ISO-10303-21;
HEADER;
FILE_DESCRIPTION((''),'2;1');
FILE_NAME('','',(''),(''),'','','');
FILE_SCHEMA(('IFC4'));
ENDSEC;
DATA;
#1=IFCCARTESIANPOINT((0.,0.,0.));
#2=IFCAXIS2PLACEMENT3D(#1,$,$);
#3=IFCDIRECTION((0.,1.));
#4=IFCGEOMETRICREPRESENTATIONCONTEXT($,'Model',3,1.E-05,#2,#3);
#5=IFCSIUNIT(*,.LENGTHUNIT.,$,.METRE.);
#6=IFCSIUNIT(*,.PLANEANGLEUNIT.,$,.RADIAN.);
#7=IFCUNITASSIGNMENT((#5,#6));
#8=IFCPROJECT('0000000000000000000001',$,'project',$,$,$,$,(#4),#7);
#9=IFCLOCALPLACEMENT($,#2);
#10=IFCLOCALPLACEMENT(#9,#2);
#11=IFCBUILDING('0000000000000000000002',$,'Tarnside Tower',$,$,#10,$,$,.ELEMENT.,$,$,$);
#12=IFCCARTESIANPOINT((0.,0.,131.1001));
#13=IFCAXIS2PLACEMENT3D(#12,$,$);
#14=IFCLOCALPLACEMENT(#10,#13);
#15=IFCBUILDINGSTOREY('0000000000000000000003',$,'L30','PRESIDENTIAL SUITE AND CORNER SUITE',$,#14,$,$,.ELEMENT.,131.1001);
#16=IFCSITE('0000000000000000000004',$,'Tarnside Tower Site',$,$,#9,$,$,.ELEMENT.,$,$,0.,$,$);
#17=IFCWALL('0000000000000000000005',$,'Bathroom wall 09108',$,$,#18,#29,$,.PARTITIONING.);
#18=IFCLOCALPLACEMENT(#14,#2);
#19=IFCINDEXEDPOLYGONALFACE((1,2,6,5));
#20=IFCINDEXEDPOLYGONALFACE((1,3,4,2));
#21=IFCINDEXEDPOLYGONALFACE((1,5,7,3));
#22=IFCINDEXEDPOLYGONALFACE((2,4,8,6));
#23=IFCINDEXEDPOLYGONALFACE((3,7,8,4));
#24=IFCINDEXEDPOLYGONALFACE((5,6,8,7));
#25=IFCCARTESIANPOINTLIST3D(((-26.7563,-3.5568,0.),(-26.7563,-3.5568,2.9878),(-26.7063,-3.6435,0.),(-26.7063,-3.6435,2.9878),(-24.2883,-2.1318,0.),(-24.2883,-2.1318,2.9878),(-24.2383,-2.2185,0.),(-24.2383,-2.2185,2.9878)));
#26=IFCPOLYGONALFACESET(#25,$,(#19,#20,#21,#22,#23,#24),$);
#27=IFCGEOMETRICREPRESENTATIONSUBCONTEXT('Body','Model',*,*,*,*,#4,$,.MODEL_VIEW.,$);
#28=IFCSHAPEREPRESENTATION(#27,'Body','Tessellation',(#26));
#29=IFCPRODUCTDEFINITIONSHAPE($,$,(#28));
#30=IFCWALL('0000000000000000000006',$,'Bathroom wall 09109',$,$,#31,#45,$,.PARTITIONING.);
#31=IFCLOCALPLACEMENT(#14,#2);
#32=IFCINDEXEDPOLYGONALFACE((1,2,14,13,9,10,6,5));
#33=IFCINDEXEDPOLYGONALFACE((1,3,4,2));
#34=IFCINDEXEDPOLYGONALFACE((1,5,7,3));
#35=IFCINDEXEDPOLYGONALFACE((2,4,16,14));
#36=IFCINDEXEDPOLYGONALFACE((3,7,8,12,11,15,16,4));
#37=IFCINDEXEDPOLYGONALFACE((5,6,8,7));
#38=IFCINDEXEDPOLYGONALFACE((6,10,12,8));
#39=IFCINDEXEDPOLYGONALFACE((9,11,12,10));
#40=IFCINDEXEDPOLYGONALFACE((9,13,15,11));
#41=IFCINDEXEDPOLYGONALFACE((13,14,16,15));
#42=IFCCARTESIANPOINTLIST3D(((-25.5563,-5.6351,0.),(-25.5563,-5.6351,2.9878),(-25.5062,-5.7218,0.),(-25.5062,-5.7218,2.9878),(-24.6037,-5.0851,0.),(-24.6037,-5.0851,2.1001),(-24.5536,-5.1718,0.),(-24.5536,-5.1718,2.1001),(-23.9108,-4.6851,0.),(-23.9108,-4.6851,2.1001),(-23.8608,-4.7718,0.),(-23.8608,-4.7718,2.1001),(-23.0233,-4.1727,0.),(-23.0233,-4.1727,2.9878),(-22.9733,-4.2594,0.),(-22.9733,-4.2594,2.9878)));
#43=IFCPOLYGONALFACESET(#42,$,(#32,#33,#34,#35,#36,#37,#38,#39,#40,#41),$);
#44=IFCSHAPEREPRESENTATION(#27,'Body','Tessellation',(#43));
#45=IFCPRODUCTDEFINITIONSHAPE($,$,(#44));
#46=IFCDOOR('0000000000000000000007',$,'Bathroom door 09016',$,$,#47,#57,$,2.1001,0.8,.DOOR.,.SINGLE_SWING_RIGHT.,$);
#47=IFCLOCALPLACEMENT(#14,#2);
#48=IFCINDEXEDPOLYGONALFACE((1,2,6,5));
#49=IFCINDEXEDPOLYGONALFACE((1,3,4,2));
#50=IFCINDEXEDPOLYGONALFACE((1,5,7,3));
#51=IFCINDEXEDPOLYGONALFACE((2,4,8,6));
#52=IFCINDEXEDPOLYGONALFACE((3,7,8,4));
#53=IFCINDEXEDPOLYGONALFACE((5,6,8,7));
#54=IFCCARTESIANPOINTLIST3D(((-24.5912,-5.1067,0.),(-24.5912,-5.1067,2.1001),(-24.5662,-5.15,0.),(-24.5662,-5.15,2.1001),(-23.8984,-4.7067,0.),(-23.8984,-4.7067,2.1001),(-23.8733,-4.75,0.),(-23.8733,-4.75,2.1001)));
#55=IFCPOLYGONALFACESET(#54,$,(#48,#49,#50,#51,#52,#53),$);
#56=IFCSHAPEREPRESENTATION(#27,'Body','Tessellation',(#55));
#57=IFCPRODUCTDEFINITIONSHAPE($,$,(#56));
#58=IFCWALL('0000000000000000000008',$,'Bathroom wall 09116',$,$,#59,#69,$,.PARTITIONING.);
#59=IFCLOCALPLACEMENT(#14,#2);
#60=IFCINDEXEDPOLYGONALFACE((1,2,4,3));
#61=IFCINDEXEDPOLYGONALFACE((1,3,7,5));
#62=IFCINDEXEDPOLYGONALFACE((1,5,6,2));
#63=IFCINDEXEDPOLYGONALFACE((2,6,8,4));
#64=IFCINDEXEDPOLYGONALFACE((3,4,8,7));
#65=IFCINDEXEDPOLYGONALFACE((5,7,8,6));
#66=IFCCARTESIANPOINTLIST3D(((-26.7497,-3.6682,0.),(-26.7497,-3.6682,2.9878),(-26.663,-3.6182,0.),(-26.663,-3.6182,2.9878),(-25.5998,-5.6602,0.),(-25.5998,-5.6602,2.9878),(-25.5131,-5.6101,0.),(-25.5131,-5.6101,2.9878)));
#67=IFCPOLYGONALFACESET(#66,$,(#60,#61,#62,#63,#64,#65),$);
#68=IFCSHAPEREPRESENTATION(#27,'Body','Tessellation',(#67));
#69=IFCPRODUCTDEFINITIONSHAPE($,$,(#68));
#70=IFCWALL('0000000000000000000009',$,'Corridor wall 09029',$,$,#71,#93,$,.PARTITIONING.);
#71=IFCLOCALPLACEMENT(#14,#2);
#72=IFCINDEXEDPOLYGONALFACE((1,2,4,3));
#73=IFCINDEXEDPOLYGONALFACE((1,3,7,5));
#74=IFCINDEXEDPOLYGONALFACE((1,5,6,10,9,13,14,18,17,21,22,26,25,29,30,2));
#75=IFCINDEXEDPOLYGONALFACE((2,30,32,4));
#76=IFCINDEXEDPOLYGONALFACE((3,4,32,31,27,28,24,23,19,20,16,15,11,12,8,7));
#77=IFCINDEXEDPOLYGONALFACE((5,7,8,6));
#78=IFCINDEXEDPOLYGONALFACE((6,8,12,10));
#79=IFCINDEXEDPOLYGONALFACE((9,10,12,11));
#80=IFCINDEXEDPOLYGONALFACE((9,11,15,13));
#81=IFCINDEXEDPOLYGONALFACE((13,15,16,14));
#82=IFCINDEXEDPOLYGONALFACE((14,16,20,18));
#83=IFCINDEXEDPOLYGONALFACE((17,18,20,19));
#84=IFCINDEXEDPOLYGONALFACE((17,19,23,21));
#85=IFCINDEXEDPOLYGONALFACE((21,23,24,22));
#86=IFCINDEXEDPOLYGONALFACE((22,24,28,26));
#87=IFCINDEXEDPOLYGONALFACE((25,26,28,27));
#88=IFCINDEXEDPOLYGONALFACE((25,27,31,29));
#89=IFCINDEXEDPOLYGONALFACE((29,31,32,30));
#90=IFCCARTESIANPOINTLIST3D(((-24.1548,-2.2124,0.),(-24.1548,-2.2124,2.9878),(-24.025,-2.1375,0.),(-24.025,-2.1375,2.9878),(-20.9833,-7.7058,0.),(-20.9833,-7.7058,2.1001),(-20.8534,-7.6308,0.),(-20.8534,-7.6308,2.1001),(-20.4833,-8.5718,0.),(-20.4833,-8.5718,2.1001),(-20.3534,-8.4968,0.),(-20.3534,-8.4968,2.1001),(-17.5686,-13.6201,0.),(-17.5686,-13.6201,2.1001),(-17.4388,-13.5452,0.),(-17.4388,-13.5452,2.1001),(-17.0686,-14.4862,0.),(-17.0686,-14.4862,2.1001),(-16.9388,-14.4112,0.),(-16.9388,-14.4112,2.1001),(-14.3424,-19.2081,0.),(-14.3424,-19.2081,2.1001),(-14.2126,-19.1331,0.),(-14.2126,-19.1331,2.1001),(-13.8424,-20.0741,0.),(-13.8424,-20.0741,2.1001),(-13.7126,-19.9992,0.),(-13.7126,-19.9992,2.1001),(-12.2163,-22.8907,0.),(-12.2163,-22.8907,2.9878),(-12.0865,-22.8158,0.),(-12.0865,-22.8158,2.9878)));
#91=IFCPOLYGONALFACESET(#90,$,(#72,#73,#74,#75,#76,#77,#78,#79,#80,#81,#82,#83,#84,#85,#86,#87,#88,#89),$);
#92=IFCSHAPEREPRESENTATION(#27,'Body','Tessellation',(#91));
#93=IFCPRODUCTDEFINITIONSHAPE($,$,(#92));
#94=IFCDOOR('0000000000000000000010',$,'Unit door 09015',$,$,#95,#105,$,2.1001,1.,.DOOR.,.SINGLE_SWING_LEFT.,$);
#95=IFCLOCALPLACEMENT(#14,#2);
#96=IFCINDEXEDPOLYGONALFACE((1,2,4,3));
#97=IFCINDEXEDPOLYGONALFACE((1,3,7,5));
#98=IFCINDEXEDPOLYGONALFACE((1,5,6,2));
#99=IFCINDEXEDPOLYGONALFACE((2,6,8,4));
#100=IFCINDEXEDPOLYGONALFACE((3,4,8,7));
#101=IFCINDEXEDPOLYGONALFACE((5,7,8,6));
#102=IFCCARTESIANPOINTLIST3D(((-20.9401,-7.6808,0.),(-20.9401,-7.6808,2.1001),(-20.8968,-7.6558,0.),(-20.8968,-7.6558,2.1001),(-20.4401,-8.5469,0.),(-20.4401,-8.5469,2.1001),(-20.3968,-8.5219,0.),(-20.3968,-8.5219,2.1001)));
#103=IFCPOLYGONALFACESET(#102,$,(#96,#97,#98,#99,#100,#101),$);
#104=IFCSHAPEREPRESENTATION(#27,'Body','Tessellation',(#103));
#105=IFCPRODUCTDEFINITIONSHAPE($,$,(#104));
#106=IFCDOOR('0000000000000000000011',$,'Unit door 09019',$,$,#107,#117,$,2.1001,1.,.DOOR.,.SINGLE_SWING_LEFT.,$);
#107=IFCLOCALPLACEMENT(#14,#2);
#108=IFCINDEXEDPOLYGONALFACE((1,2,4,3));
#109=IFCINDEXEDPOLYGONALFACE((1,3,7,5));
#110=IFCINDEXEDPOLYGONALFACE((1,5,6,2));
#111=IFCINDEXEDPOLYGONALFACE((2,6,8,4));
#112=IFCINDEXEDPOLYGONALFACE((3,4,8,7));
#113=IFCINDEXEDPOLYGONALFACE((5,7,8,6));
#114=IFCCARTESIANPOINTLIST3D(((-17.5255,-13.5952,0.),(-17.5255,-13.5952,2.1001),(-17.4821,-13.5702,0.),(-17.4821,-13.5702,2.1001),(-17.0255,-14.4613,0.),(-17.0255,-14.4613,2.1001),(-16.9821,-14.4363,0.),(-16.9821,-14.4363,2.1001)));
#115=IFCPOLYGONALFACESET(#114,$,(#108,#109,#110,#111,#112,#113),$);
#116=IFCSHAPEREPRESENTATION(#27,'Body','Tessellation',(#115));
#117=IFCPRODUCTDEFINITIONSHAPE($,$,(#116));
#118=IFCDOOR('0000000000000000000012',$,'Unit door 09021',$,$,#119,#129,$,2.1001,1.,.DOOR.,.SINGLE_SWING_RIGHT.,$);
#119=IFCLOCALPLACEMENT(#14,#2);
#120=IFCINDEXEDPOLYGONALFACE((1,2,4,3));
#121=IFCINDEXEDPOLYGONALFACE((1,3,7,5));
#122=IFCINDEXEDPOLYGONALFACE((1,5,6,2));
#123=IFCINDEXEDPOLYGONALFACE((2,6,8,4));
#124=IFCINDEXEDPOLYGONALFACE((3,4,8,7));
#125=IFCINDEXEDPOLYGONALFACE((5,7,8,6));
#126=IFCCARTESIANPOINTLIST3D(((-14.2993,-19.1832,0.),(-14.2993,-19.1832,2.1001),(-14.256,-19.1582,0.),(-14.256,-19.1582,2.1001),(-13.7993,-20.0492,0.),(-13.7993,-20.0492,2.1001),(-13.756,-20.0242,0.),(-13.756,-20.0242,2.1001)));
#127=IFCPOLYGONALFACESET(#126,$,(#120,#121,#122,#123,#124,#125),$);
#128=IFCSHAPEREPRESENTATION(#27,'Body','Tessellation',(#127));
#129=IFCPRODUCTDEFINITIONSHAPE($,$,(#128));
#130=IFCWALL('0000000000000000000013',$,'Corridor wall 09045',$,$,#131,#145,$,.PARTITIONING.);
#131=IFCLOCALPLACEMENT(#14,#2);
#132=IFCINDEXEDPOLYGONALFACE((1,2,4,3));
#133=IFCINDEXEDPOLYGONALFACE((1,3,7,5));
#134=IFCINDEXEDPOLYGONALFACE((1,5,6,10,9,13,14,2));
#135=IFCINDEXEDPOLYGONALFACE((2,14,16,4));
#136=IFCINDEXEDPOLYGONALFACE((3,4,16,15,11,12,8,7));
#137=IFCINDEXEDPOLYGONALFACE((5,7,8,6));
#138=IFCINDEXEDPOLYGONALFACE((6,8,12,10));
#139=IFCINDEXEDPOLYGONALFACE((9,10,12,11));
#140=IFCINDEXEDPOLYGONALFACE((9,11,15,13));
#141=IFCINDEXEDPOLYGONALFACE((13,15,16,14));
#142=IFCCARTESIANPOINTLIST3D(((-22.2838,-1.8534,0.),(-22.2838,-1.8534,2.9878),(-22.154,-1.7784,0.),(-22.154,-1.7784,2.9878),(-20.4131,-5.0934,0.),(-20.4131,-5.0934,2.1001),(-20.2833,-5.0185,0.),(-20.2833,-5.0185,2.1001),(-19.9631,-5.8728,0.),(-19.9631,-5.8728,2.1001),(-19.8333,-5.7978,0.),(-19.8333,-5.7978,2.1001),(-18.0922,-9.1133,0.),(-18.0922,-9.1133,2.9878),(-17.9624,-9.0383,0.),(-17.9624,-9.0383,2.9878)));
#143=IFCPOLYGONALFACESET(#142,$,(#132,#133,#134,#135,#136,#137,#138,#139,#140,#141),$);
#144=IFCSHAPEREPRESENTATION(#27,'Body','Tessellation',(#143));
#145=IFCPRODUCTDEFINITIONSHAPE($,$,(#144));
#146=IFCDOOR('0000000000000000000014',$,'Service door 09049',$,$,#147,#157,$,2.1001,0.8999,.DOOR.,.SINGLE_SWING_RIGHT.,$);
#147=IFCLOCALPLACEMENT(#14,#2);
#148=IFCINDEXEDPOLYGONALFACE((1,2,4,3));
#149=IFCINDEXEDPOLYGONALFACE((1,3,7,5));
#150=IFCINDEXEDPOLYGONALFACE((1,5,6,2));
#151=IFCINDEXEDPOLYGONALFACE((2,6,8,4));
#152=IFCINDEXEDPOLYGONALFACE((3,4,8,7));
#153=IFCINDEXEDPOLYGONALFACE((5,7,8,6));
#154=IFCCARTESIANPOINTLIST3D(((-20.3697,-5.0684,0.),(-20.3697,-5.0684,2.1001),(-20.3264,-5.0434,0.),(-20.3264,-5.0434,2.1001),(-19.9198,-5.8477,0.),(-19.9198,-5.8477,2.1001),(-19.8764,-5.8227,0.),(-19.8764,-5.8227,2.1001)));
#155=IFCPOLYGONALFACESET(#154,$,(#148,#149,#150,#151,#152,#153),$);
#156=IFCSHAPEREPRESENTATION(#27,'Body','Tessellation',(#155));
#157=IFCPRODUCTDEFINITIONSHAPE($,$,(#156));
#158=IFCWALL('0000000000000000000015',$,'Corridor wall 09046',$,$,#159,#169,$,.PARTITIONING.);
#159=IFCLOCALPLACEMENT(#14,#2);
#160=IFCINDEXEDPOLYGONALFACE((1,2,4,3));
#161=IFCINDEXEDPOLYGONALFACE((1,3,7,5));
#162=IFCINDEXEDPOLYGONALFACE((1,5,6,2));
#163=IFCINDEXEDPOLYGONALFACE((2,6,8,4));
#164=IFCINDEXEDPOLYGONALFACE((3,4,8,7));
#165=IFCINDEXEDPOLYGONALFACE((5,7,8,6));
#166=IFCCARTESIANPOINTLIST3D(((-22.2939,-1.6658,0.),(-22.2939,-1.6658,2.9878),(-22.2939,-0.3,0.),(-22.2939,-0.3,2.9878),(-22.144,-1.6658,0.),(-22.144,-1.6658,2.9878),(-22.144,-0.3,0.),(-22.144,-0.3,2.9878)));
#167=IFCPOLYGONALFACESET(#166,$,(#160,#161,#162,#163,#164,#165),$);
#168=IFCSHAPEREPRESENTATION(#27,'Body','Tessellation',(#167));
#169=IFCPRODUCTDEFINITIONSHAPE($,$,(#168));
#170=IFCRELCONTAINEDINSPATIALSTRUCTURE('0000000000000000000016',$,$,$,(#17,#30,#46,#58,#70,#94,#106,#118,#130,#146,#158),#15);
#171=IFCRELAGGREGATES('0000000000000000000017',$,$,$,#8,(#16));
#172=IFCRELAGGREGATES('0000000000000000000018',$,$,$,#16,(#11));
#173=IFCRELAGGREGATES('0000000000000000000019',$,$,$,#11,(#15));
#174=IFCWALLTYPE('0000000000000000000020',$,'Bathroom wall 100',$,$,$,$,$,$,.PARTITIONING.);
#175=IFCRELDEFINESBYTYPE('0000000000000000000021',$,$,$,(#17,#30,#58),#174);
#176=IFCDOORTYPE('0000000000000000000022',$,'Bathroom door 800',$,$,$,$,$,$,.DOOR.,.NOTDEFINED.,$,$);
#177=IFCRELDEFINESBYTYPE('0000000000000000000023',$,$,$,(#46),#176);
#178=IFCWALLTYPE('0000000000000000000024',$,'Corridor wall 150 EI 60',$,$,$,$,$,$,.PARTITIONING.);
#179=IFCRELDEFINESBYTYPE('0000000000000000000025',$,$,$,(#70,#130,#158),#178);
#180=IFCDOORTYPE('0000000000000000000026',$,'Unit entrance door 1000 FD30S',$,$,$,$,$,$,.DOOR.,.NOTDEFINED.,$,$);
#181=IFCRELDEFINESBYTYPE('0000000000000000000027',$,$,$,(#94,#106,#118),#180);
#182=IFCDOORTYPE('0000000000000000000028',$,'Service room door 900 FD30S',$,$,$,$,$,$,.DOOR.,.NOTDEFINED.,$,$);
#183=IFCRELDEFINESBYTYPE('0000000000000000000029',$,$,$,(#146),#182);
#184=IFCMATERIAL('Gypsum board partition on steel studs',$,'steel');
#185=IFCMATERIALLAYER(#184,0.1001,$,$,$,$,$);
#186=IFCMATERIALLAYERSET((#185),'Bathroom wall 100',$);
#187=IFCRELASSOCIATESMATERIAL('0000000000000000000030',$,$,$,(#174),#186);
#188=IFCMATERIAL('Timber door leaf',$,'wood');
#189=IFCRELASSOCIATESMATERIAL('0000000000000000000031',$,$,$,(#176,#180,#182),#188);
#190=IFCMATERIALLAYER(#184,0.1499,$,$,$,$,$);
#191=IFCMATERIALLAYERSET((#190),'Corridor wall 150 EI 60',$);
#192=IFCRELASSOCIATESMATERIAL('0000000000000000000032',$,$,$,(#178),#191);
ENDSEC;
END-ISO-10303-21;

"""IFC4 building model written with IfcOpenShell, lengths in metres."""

from ifc_helpers import new_model, si_unit, direction, frame, frame_2d, origin, place, context, subcontext, project, spatial, rectangle, extrude, material, layer, layer_set, type_object, element, fill, save


model = new_model("IFC4")

# Units and contexts
model_context = context("Model", 3, precision=1e-05, world=origin(), true_north=direction((0.0, 1.0)))
body_context = subcontext(model_context, "Body", "Model", "MODEL_VIEW")
ifc_project = project(units=[si_unit("LENGTHUNIT", "METRE"), si_unit("PLANEANGLEUNIT", "RADIAN")], contexts=[model_context])

# Site, building, storey
site_placement = place(None, origin())
site = spatial("IfcSite", under=ifc_project, at=site_placement, Name="Tarnside Tower Site", CompositionType="ELEMENT", RefElevation=0.0)
building_placement = place(site_placement, origin())
building = spatial("IfcBuilding", under=site, at=building_placement, Name="Tarnside Tower", CompositionType="ELEMENT")
storey_placement = place(building_placement, frame((0.0, 0.0, 131.1001)))
storey = spatial("IfcBuildingStorey", under=building, at=storey_placement, Name="L30", Description="PRESIDENTIAL SUITE AND CORNER SUITE", CompositionType="ELEMENT", Elevation=131.1001)

# Wall
ifc_material_1 = material(Name="Gypsum board partition on steel studs", Category="steel")
ifc_layer_1 = layer(ifc_material_1, 0.1001)
ifc_layer_set_1 = layer_set([ifc_layer_1], Name="Bathroom wall 100")
wall_type_1 = type_object("IfcWallType", Name="Bathroom wall 100", PredefinedType="PARTITIONING", material=ifc_layer_set_1)
wall_1_placement = place(storey_placement, frame((-26.7312, -3.6001, 0.0), z_axis=(0.0, 0.0, 1.0), x_axis=(0.866004, 0.500036, 0.0)))
element("IfcWall", 1, at=wall_1_placement, inside=storey, type_object=wall_type_1, Name="Bathroom wall 09108", PredefinedType="PARTITIONING", context=body_context, shape_type="SweptSolid", body=[
    extrude(rectangle(XDim=2.8499, YDim=0.1001, at=frame_2d((1.4248, 0.0))), origin(), (0.0, 0.0, 1.0), 2.9878),
])

# Wall, opening, door
wall_2_placement = place(storey_placement, frame((-22.9983, -4.2161, 0.0), z_axis=(0.0, 0.0, 1.0), x_axis=(-0.866026, -0.499999, 0.0)))
wall_2 = element("IfcWall", 2, at=wall_2_placement, inside=storey, type_object=wall_type_1, Name="Bathroom wall 09109", PredefinedType="PARTITIONING", context=body_context, shape_type="SweptSolid", body=[
    extrude(rectangle(XDim=2.9248, YDim=0.1001, at=frame_2d((1.4624, 0.0))), origin(), (0.0, 0.0, 1.0), 2.9878),
])
opening_1_placement = place(wall_2_placement, frame((1.0249, 0.0, 0.0)))
opening_1 = element("IfcOpeningElement", 3, at=opening_1_placement, cuts=wall_2, PredefinedType="OPENING", context=body_context, shape_type="SweptSolid", body=[
    extrude(rectangle(XDim=0.8, YDim=2.1001, at=frame_2d((0.3999, 1.05))), frame((0.0, 0.0601, 0.0), z_axis=(0.0, -1.0, 0.0), x_axis=(1.0, 0.0, 0.0)), (0.0, 0.0, 1.0), 0.1201),
])
ifc_material_2 = material(Name="Timber door leaf", Category="wood")
door_type_1 = type_object("IfcDoorType", Name="Bathroom door 800", OperationType="NOTDEFINED", PredefinedType="DOOR", material=ifc_material_2)
door_1_placement = place(opening_1_placement, origin())
door_1 = element("IfcDoor", 4, at=door_1_placement, inside=storey, type_object=door_type_1, Name="Bathroom door 09016", OperationType="SINGLE_SWING_RIGHT", OverallHeight=2.1001, OverallWidth=0.8, PredefinedType="DOOR", context=body_context, shape_type="SweptSolid", body=[
    extrude(rectangle(XDim=0.8, YDim=2.1001, at=frame_2d((0.3999, 1.05))), frame((0.0, 0.0249, 0.0), z_axis=(0.0, -1.0, 0.0), x_axis=(1.0, 0.0, 0.0)), (0.0, 0.0, 1.0), 0.05),
])
fill(opening_1, door_1)

# Wall
wall_3_placement = place(storey_placement, frame((-26.7063, -3.6433, 0.0), z_axis=(0.0, 0.0, 1.0), x_axis=(0.499952, -0.866053, 0.0)))
element("IfcWall", 5, at=wall_3_placement, inside=storey, type_object=wall_type_1, Name="Bathroom wall 09116", PredefinedType="PARTITIONING", context=body_context, shape_type="SweptSolid", body=[
    extrude(rectangle(XDim=2.3, YDim=0.1001, at=frame_2d((1.1499, 0.0))), origin(), (0.0, 0.0, 1.0), 2.9878),
])

# Wall, openings, doors
ifc_layer_2 = layer(ifc_material_1, 0.1499)
ifc_layer_set_2 = layer_set([ifc_layer_2], Name="Corridor wall 150 EI 60")
wall_type_2 = type_object("IfcWallType", Name="Corridor wall 150 EI 60", PredefinedType="PARTITIONING", material=ifc_layer_set_2)
wall_4_placement = place(storey_placement, frame((-24.0898, -2.175, 0.0), z_axis=(0.0, 0.0, 1.0), x_axis=(0.499997, -0.866027, 0.0)))
wall_4 = element("IfcWall", 6, at=wall_4_placement, inside=storey, type_object=wall_type_2, Name="Corridor wall 09029", PredefinedType="PARTITIONING", context=body_context, shape_type="SweptSolid", body=[
    extrude(rectangle(XDim=23.8772, YDim=0.1499, at=frame_2d((11.9385, 0.0))), origin(), (0.0, 0.0, 1.0), 2.9878),
])
opening_2_placement = place(wall_4_placement, frame((6.343, 0.0, 0.0)))
opening_2 = element("IfcOpeningElement", 7, at=opening_2_placement, cuts=wall_4, PredefinedType="OPENING", context=body_context, shape_type="SweptSolid", body=[
    extrude(rectangle(XDim=1.0, YDim=2.1001, at=frame_2d((0.5, 1.05))), frame((0.0, 0.085, 0.0), z_axis=(0.0, -1.0, 0.0), x_axis=(1.0, 0.0, 0.0)), (0.0, 0.0, 1.0), 0.1699),
])
opening_3_placement = place(wall_4_placement, frame((13.1724, 0.0, 0.0)))
opening_3 = element("IfcOpeningElement", 8, at=opening_3_placement, cuts=wall_4, PredefinedType="OPENING", context=body_context, shape_type="SweptSolid", body=[
    extrude(rectangle(XDim=1.0, YDim=2.1001, at=frame_2d((0.5, 1.05))), frame((0.0, 0.085, 0.0), z_axis=(0.0, -1.0, 0.0), x_axis=(1.0, 0.0, 0.0)), (0.0, 0.0, 1.0), 0.1699),
])
opening_4_placement = place(wall_4_placement, frame((19.6248, 0.0, 0.0)))
opening_4 = element("IfcOpeningElement", 9, at=opening_4_placement, cuts=wall_4, PredefinedType="OPENING", context=body_context, shape_type="SweptSolid", body=[
    extrude(rectangle(XDim=1.0, YDim=2.1001, at=frame_2d((0.5, 1.05))), frame((0.0, 0.085, 0.0), z_axis=(0.0, -1.0, 0.0), x_axis=(1.0, 0.0, 0.0)), (0.0, 0.0, 1.0), 0.1699),
])
door_type_2 = type_object("IfcDoorType", Name="Unit entrance door 1000 FD30S", OperationType="NOTDEFINED", PredefinedType="DOOR", material=ifc_material_2)
door_2_placement = place(opening_2_placement, origin())
door_2 = element("IfcDoor", 10, at=door_2_placement, inside=storey, type_object=door_type_2, Name="Unit door 09015", OperationType="SINGLE_SWING_LEFT", OverallHeight=2.1001, OverallWidth=1.0, PredefinedType="DOOR", context=body_context, shape_type="SweptSolid", body=[
    extrude(rectangle(XDim=1.0, YDim=2.1001, at=frame_2d((0.5, 1.05))), frame((0.0, 0.0249, 0.0), z_axis=(0.0, -1.0, 0.0), x_axis=(1.0, 0.0, 0.0)), (0.0, 0.0, 1.0), 0.05),
])
fill(opening_2, door_2)
door_3_placement = place(opening_3_placement, origin())
door_3 = element("IfcDoor", 11, at=door_3_placement, inside=storey, type_object=door_type_2, Name="Unit door 09019", OperationType="SINGLE_SWING_LEFT", OverallHeight=2.1001, OverallWidth=1.0, PredefinedType="DOOR", context=body_context, shape_type="SweptSolid", body=[
    extrude(rectangle(XDim=1.0, YDim=2.1001, at=frame_2d((0.5, 1.05))), frame((0.0, 0.0249, 0.0), z_axis=(0.0, -1.0, 0.0), x_axis=(1.0, 0.0, 0.0)), (0.0, 0.0, 1.0), 0.05),
])
fill(opening_3, door_3)
door_4_placement = place(opening_4_placement, origin())
door_4 = element("IfcDoor", 12, at=door_4_placement, inside=storey, type_object=door_type_2, Name="Unit door 09021", OperationType="SINGLE_SWING_RIGHT", OverallHeight=2.1001, OverallWidth=1.0, PredefinedType="DOOR", context=body_context, shape_type="SweptSolid", body=[
    extrude(rectangle(XDim=1.0, YDim=2.1001, at=frame_2d((0.5, 1.05))), frame((0.0, 0.0249, 0.0), z_axis=(0.0, -1.0, 0.0), x_axis=(1.0, 0.0, 0.0)), (0.0, 0.0, 1.0), 0.05),
])
fill(opening_4, door_4)

# Wall, opening, door
wall_5_placement = place(storey_placement, frame((-18.0273, -9.0757, 0.0), z_axis=(0.0, 0.0, 1.0), x_axis=(-0.500007, 0.866021, 0.0)))
wall_5 = element("IfcWall", 13, at=wall_5_placement, inside=storey, type_object=wall_type_2, Name="Corridor wall 09045", PredefinedType="PARTITIONING", context=body_context, shape_type="SweptSolid", body=[
    extrude(rectangle(XDim=8.3831, YDim=0.1499, at=frame_2d((4.1914, 0.0))), origin(), (0.0, 0.0, 1.0), 2.9878),
])
opening_5_placement = place(wall_5_placement, frame((3.7417, 0.0, 0.0)))
opening_5 = element("IfcOpeningElement", 14, at=opening_5_placement, cuts=wall_5, PredefinedType="OPENING", context=body_context, shape_type="SweptSolid", body=[
    extrude(rectangle(XDim=0.8999, YDim=2.1001, at=frame_2d((0.45, 1.05))), frame((0.0, 0.085, 0.0), z_axis=(0.0, -1.0, 0.0), x_axis=(1.0, 0.0, 0.0)), (0.0, 0.0, 1.0), 0.1699),
])
door_type_3 = type_object("IfcDoorType", Name="Service room door 900 FD30S", OperationType="NOTDEFINED", PredefinedType="DOOR", material=ifc_material_2)
door_5_placement = place(opening_5_placement, origin())
door_5 = element("IfcDoor", 15, at=door_5_placement, inside=storey, type_object=door_type_3, Name="Service door 09049", OperationType="SINGLE_SWING_RIGHT", OverallHeight=2.1001, OverallWidth=0.8999, PredefinedType="DOOR", context=body_context, shape_type="SweptSolid", body=[
    extrude(rectangle(XDim=0.8999, YDim=2.1001, at=frame_2d((0.45, 1.05))), frame((0.0, 0.0249, 0.0), z_axis=(0.0, -1.0, 0.0), x_axis=(1.0, 0.0, 0.0)), (0.0, 0.0, 1.0), 0.05),
])
fill(opening_5, door_5)

# Wall
wall_6_placement = place(storey_placement, frame((-22.219, -1.6658, 0.0), z_axis=(0.0, 0.0, 1.0), x_axis=(0.0, 1.0, 0.0)))
element("IfcWall", 16, at=wall_6_placement, inside=storey, type_object=wall_type_2, Name="Corridor wall 09046", PredefinedType="PARTITIONING", context=body_context, shape_type="SweptSolid", body=[
    extrude(rectangle(XDim=1.3657, YDim=0.1499, at=frame_2d((0.6829, 0.0))), origin(), (0.0, 0.0, 1.0), 2.9878),
])

save(model, "model.ifc")
